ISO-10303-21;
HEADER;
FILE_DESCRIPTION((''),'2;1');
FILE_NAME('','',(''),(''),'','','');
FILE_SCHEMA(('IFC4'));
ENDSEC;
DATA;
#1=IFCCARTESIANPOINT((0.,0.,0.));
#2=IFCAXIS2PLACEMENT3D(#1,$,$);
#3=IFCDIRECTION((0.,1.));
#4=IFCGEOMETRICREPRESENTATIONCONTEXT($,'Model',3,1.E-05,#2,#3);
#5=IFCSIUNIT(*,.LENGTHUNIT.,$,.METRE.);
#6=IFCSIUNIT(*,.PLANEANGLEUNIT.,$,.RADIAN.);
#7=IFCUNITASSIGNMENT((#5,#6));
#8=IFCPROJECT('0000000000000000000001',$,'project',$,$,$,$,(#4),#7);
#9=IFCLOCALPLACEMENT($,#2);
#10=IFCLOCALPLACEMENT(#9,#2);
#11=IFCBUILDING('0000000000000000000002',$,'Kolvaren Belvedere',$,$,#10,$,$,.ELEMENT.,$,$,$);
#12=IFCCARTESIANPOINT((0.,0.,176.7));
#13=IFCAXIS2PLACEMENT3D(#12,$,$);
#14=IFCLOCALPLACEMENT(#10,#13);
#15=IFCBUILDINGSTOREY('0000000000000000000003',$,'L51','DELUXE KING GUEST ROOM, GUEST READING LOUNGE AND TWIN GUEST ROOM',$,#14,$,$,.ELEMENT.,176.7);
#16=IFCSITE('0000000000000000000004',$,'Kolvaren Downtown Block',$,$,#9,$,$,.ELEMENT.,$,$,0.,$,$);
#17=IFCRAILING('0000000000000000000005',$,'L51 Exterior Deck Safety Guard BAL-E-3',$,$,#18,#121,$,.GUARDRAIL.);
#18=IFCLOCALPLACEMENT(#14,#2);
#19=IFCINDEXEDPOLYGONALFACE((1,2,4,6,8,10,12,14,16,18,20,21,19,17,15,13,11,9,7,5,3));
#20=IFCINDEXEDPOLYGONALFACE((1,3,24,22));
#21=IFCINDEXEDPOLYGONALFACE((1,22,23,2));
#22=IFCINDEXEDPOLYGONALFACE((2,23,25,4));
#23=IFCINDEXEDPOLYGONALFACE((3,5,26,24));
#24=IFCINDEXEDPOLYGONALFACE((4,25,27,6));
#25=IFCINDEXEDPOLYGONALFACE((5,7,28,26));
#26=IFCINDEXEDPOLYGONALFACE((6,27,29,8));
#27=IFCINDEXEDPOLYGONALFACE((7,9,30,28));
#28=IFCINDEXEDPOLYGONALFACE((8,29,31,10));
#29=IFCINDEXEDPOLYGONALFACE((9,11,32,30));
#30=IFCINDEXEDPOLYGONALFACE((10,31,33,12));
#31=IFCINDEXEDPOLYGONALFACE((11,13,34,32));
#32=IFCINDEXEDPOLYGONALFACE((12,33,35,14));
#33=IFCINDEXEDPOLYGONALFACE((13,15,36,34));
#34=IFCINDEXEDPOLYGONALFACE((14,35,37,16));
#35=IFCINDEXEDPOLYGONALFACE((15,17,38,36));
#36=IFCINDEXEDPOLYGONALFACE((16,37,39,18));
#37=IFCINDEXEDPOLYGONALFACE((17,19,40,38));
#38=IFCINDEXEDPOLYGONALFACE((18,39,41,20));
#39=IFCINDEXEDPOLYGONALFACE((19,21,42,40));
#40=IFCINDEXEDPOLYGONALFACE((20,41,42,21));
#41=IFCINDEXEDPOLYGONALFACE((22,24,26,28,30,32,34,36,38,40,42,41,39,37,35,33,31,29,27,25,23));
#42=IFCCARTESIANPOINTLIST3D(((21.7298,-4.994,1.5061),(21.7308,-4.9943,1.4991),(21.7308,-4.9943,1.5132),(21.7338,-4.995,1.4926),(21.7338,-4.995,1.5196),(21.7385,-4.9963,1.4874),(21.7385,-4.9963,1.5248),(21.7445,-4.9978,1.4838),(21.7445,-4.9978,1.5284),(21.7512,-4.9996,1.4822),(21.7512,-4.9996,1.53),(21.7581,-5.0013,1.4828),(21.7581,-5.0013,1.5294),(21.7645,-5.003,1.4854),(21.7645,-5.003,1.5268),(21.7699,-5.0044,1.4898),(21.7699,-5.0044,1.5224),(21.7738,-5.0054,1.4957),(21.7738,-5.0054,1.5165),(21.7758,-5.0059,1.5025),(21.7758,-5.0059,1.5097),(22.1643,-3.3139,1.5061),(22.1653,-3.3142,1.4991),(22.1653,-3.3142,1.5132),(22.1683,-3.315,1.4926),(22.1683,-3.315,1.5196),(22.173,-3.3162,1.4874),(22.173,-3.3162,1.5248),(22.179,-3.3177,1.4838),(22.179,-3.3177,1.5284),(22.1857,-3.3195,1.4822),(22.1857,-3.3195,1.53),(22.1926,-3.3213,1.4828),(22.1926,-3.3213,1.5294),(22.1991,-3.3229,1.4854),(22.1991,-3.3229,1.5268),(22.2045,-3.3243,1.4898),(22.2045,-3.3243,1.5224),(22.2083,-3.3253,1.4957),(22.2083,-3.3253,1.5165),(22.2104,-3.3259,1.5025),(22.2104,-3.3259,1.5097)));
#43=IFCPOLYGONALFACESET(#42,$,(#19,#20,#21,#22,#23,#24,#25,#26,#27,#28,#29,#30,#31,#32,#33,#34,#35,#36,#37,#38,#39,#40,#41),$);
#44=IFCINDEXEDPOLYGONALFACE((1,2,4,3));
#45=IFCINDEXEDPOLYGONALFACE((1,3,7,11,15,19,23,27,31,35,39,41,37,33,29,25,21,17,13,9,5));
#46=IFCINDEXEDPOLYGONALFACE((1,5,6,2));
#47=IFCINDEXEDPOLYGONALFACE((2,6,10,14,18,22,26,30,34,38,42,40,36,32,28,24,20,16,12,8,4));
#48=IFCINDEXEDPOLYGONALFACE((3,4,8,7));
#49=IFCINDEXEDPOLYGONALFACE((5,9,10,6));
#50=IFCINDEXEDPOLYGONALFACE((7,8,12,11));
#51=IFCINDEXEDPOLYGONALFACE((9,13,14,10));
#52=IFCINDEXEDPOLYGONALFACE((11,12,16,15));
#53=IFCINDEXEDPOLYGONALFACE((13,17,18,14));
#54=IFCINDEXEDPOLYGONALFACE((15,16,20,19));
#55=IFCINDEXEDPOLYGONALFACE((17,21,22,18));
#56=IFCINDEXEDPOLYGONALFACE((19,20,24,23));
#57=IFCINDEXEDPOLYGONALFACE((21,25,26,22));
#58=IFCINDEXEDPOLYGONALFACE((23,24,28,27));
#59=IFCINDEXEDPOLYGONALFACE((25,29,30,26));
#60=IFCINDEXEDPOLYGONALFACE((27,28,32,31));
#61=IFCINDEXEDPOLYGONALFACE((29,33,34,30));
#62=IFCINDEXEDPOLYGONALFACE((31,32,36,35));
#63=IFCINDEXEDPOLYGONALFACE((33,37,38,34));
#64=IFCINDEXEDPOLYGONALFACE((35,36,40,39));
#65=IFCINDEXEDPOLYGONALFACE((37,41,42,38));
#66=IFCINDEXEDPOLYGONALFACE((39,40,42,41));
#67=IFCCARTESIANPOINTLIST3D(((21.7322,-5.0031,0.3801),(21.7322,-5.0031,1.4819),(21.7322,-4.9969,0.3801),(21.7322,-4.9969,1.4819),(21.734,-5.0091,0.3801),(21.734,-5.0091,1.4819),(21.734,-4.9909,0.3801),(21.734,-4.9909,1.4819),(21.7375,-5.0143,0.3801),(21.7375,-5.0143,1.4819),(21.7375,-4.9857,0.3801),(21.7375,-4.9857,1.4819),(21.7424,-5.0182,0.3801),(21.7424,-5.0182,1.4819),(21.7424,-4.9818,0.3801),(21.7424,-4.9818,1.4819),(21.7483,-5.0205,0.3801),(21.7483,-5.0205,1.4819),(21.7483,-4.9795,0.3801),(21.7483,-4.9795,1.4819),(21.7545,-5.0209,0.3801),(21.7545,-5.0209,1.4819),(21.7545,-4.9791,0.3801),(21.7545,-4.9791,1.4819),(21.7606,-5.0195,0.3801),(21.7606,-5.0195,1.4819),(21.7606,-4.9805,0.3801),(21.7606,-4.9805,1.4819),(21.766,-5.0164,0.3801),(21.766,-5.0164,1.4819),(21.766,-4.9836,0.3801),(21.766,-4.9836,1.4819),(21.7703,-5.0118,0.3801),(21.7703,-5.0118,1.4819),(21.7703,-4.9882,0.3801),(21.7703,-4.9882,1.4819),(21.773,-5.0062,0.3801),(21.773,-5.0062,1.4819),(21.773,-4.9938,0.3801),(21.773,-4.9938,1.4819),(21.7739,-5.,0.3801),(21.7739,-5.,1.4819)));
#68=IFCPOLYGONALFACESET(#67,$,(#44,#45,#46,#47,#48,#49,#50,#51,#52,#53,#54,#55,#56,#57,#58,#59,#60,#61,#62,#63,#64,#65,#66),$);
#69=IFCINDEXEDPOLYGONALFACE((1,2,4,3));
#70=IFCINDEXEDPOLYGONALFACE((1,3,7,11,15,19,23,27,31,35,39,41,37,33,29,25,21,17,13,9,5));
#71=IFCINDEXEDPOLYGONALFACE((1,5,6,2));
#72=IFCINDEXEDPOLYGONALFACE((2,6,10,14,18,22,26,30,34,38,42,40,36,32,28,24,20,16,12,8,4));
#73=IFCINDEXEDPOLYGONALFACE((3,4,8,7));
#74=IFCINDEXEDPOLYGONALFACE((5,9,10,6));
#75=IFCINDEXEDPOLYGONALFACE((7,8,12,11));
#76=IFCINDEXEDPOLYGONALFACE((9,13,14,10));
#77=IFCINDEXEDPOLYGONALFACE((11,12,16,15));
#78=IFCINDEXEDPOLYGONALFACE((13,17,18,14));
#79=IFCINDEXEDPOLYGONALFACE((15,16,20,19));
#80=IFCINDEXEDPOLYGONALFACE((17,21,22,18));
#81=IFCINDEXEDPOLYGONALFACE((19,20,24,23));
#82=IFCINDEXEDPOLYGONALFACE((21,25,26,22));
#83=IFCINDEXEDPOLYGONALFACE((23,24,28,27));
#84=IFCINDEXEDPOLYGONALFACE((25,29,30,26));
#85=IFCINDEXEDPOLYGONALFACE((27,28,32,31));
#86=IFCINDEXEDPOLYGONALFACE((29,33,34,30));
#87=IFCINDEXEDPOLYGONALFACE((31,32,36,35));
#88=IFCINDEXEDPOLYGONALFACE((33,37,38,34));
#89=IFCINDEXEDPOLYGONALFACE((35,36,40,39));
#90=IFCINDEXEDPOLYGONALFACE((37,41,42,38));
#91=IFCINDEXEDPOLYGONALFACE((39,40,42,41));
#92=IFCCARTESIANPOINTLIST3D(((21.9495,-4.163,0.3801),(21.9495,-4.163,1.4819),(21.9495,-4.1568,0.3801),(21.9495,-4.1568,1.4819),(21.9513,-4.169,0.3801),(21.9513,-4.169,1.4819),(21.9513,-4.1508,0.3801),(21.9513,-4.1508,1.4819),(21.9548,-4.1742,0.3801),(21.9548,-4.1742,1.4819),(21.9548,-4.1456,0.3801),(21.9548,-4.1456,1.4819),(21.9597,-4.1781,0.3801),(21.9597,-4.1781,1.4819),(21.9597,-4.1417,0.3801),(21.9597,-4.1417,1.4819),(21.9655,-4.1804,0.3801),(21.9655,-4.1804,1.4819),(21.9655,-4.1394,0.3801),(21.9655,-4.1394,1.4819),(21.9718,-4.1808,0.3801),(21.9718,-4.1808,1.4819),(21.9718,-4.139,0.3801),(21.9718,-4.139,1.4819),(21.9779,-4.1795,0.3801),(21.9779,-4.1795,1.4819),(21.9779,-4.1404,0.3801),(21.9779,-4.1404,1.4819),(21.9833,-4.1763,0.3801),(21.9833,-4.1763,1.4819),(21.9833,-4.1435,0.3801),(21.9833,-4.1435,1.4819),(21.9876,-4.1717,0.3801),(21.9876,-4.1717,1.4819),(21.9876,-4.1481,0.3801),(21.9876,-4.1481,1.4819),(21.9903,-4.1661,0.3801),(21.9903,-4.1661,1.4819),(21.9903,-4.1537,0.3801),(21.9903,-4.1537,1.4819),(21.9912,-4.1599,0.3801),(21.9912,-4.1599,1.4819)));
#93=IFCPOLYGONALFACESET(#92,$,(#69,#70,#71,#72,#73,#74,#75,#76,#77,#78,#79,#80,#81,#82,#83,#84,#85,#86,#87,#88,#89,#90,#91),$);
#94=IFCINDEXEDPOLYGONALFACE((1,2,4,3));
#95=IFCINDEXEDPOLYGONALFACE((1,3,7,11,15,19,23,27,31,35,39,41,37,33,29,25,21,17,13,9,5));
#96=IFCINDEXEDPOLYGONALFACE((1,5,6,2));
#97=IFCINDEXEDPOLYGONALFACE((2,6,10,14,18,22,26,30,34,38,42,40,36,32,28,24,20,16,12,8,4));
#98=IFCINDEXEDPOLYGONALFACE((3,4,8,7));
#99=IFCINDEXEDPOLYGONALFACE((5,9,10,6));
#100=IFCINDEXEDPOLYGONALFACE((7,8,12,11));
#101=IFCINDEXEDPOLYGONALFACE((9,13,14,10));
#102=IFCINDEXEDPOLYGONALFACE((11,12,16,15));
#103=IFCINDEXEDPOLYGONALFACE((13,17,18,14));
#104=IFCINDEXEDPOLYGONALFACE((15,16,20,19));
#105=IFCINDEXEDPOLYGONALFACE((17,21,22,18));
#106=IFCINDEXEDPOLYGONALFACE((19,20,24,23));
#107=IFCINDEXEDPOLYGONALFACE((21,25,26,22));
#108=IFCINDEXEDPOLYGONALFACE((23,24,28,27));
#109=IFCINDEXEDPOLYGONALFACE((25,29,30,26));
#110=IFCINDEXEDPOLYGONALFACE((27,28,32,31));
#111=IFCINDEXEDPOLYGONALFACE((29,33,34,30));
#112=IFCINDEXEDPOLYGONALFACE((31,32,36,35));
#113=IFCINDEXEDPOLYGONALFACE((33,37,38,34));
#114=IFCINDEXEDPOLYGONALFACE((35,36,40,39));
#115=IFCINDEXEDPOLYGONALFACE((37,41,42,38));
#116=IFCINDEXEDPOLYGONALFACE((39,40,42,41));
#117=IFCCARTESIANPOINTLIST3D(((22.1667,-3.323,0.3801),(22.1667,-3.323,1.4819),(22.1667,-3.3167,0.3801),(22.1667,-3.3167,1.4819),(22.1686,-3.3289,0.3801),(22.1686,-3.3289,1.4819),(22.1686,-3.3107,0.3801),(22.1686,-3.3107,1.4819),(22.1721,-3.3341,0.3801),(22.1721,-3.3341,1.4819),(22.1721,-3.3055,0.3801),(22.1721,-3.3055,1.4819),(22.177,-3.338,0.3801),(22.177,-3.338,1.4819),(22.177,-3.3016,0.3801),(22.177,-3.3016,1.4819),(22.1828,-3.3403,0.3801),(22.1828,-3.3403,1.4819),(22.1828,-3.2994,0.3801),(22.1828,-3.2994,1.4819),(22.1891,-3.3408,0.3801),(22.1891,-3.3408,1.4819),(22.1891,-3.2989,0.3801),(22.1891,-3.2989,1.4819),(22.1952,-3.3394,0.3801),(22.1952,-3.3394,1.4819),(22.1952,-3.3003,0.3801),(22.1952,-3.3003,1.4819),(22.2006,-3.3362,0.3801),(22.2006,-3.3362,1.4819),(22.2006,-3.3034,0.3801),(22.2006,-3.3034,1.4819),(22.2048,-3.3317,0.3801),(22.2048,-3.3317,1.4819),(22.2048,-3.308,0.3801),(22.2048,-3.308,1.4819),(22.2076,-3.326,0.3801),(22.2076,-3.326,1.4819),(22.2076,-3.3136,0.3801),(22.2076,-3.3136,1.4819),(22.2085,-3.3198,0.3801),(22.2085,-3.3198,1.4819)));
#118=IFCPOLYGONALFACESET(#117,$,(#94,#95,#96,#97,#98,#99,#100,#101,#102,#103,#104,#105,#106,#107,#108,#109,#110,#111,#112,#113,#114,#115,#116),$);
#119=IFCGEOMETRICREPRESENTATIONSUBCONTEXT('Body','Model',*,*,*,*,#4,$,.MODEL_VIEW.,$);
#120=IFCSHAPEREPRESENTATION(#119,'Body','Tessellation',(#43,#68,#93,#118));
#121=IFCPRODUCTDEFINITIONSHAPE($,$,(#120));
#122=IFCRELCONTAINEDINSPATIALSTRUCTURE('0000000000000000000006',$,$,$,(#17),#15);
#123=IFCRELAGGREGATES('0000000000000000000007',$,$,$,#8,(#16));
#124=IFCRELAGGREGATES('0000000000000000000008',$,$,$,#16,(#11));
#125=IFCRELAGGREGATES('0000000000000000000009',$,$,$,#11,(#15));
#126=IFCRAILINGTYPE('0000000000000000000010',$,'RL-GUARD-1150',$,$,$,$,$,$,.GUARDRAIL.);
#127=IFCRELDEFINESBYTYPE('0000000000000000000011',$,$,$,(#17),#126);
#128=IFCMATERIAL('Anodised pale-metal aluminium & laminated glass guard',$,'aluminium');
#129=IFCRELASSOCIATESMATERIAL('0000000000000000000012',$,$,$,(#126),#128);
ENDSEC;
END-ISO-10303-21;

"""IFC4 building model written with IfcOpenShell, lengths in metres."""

from ifc_helpers import new_model, si_unit, direction, frame, origin, origin_2d, place, context, subcontext, project, spatial, circle, extrude, material, type_object, element, save


model = new_model("IFC4")

# Units and contexts
model_context = context("Model", 3, precision=1e-05, world=origin(), true_north=direction((0.0, 1.0)))
body_context = subcontext(model_context, "Body", "Model", "MODEL_VIEW")
ifc_project = project(units=[si_unit("LENGTHUNIT", "METRE"), si_unit("PLANEANGLEUNIT", "RADIAN")], contexts=[model_context])

# Site, building, storey
site_placement = place(None, origin())
site = spatial("IfcSite", under=ifc_project, at=site_placement, Name="Kolvaren Downtown Block", CompositionType="ELEMENT", RefElevation=0.0)
building_placement = place(site_placement, origin())
building = spatial("IfcBuilding", under=site, at=building_placement, Name="Kolvaren Belvedere", CompositionType="ELEMENT")
storey_placement = place(building_placement, frame((0.0, 0.0, 176.7)))
storey = spatial("IfcBuildingStorey", under=building, at=storey_placement, Name="L51", Description="DELUXE KING GUEST ROOM, GUEST READING LOUNGE AND TWIN GUEST ROOM", CompositionType="ELEMENT", Elevation=176.7)

# Railing
ifc_material_1 = material(Name="Anodised pale-metal aluminium & laminated glass guard", Category="aluminium")
railing_type = type_object("IfcRailingType", Name="RL-GUARD-1150", PredefinedType="GUARDRAIL", material=ifc_material_1)
railing_1_placement = place(storey_placement, frame((21.7529, -5.0, 0.3801)))
element("IfcRailing", 1, at=railing_1_placement, inside=storey, type_object=railing_type, Name="L51 Exterior Deck Safety Guard BAL-E-3", PredefinedType="GUARDRAIL", context=body_context, shape_type="SweptSolid", body=[
    extrude(circle(Radius=0.0239, at=origin_2d()), frame((0.0, 0.0, 1.126), z_axis=(0.250406, 0.968141, 0.0), x_axis=(-0.968141, 0.250406, 0.0)), (0.0, 0.0, 1.0), 1.7354),
    extrude(circle(Radius=0.021, at=origin_2d()), origin(), (0.0, 0.0, 1.0), 1.1018),
    extrude(circle(Radius=0.021, at=origin_2d()), frame((0.2173, 0.8401, 0.0)), (0.0, 0.0, 1.0), 1.1018),
    extrude(circle(Radius=0.021, at=origin_2d()), frame((0.4346, 1.6802, 0.0)), (0.0, 0.0, 1.0), 1.1018),
])

save(model, "model.ifc")
